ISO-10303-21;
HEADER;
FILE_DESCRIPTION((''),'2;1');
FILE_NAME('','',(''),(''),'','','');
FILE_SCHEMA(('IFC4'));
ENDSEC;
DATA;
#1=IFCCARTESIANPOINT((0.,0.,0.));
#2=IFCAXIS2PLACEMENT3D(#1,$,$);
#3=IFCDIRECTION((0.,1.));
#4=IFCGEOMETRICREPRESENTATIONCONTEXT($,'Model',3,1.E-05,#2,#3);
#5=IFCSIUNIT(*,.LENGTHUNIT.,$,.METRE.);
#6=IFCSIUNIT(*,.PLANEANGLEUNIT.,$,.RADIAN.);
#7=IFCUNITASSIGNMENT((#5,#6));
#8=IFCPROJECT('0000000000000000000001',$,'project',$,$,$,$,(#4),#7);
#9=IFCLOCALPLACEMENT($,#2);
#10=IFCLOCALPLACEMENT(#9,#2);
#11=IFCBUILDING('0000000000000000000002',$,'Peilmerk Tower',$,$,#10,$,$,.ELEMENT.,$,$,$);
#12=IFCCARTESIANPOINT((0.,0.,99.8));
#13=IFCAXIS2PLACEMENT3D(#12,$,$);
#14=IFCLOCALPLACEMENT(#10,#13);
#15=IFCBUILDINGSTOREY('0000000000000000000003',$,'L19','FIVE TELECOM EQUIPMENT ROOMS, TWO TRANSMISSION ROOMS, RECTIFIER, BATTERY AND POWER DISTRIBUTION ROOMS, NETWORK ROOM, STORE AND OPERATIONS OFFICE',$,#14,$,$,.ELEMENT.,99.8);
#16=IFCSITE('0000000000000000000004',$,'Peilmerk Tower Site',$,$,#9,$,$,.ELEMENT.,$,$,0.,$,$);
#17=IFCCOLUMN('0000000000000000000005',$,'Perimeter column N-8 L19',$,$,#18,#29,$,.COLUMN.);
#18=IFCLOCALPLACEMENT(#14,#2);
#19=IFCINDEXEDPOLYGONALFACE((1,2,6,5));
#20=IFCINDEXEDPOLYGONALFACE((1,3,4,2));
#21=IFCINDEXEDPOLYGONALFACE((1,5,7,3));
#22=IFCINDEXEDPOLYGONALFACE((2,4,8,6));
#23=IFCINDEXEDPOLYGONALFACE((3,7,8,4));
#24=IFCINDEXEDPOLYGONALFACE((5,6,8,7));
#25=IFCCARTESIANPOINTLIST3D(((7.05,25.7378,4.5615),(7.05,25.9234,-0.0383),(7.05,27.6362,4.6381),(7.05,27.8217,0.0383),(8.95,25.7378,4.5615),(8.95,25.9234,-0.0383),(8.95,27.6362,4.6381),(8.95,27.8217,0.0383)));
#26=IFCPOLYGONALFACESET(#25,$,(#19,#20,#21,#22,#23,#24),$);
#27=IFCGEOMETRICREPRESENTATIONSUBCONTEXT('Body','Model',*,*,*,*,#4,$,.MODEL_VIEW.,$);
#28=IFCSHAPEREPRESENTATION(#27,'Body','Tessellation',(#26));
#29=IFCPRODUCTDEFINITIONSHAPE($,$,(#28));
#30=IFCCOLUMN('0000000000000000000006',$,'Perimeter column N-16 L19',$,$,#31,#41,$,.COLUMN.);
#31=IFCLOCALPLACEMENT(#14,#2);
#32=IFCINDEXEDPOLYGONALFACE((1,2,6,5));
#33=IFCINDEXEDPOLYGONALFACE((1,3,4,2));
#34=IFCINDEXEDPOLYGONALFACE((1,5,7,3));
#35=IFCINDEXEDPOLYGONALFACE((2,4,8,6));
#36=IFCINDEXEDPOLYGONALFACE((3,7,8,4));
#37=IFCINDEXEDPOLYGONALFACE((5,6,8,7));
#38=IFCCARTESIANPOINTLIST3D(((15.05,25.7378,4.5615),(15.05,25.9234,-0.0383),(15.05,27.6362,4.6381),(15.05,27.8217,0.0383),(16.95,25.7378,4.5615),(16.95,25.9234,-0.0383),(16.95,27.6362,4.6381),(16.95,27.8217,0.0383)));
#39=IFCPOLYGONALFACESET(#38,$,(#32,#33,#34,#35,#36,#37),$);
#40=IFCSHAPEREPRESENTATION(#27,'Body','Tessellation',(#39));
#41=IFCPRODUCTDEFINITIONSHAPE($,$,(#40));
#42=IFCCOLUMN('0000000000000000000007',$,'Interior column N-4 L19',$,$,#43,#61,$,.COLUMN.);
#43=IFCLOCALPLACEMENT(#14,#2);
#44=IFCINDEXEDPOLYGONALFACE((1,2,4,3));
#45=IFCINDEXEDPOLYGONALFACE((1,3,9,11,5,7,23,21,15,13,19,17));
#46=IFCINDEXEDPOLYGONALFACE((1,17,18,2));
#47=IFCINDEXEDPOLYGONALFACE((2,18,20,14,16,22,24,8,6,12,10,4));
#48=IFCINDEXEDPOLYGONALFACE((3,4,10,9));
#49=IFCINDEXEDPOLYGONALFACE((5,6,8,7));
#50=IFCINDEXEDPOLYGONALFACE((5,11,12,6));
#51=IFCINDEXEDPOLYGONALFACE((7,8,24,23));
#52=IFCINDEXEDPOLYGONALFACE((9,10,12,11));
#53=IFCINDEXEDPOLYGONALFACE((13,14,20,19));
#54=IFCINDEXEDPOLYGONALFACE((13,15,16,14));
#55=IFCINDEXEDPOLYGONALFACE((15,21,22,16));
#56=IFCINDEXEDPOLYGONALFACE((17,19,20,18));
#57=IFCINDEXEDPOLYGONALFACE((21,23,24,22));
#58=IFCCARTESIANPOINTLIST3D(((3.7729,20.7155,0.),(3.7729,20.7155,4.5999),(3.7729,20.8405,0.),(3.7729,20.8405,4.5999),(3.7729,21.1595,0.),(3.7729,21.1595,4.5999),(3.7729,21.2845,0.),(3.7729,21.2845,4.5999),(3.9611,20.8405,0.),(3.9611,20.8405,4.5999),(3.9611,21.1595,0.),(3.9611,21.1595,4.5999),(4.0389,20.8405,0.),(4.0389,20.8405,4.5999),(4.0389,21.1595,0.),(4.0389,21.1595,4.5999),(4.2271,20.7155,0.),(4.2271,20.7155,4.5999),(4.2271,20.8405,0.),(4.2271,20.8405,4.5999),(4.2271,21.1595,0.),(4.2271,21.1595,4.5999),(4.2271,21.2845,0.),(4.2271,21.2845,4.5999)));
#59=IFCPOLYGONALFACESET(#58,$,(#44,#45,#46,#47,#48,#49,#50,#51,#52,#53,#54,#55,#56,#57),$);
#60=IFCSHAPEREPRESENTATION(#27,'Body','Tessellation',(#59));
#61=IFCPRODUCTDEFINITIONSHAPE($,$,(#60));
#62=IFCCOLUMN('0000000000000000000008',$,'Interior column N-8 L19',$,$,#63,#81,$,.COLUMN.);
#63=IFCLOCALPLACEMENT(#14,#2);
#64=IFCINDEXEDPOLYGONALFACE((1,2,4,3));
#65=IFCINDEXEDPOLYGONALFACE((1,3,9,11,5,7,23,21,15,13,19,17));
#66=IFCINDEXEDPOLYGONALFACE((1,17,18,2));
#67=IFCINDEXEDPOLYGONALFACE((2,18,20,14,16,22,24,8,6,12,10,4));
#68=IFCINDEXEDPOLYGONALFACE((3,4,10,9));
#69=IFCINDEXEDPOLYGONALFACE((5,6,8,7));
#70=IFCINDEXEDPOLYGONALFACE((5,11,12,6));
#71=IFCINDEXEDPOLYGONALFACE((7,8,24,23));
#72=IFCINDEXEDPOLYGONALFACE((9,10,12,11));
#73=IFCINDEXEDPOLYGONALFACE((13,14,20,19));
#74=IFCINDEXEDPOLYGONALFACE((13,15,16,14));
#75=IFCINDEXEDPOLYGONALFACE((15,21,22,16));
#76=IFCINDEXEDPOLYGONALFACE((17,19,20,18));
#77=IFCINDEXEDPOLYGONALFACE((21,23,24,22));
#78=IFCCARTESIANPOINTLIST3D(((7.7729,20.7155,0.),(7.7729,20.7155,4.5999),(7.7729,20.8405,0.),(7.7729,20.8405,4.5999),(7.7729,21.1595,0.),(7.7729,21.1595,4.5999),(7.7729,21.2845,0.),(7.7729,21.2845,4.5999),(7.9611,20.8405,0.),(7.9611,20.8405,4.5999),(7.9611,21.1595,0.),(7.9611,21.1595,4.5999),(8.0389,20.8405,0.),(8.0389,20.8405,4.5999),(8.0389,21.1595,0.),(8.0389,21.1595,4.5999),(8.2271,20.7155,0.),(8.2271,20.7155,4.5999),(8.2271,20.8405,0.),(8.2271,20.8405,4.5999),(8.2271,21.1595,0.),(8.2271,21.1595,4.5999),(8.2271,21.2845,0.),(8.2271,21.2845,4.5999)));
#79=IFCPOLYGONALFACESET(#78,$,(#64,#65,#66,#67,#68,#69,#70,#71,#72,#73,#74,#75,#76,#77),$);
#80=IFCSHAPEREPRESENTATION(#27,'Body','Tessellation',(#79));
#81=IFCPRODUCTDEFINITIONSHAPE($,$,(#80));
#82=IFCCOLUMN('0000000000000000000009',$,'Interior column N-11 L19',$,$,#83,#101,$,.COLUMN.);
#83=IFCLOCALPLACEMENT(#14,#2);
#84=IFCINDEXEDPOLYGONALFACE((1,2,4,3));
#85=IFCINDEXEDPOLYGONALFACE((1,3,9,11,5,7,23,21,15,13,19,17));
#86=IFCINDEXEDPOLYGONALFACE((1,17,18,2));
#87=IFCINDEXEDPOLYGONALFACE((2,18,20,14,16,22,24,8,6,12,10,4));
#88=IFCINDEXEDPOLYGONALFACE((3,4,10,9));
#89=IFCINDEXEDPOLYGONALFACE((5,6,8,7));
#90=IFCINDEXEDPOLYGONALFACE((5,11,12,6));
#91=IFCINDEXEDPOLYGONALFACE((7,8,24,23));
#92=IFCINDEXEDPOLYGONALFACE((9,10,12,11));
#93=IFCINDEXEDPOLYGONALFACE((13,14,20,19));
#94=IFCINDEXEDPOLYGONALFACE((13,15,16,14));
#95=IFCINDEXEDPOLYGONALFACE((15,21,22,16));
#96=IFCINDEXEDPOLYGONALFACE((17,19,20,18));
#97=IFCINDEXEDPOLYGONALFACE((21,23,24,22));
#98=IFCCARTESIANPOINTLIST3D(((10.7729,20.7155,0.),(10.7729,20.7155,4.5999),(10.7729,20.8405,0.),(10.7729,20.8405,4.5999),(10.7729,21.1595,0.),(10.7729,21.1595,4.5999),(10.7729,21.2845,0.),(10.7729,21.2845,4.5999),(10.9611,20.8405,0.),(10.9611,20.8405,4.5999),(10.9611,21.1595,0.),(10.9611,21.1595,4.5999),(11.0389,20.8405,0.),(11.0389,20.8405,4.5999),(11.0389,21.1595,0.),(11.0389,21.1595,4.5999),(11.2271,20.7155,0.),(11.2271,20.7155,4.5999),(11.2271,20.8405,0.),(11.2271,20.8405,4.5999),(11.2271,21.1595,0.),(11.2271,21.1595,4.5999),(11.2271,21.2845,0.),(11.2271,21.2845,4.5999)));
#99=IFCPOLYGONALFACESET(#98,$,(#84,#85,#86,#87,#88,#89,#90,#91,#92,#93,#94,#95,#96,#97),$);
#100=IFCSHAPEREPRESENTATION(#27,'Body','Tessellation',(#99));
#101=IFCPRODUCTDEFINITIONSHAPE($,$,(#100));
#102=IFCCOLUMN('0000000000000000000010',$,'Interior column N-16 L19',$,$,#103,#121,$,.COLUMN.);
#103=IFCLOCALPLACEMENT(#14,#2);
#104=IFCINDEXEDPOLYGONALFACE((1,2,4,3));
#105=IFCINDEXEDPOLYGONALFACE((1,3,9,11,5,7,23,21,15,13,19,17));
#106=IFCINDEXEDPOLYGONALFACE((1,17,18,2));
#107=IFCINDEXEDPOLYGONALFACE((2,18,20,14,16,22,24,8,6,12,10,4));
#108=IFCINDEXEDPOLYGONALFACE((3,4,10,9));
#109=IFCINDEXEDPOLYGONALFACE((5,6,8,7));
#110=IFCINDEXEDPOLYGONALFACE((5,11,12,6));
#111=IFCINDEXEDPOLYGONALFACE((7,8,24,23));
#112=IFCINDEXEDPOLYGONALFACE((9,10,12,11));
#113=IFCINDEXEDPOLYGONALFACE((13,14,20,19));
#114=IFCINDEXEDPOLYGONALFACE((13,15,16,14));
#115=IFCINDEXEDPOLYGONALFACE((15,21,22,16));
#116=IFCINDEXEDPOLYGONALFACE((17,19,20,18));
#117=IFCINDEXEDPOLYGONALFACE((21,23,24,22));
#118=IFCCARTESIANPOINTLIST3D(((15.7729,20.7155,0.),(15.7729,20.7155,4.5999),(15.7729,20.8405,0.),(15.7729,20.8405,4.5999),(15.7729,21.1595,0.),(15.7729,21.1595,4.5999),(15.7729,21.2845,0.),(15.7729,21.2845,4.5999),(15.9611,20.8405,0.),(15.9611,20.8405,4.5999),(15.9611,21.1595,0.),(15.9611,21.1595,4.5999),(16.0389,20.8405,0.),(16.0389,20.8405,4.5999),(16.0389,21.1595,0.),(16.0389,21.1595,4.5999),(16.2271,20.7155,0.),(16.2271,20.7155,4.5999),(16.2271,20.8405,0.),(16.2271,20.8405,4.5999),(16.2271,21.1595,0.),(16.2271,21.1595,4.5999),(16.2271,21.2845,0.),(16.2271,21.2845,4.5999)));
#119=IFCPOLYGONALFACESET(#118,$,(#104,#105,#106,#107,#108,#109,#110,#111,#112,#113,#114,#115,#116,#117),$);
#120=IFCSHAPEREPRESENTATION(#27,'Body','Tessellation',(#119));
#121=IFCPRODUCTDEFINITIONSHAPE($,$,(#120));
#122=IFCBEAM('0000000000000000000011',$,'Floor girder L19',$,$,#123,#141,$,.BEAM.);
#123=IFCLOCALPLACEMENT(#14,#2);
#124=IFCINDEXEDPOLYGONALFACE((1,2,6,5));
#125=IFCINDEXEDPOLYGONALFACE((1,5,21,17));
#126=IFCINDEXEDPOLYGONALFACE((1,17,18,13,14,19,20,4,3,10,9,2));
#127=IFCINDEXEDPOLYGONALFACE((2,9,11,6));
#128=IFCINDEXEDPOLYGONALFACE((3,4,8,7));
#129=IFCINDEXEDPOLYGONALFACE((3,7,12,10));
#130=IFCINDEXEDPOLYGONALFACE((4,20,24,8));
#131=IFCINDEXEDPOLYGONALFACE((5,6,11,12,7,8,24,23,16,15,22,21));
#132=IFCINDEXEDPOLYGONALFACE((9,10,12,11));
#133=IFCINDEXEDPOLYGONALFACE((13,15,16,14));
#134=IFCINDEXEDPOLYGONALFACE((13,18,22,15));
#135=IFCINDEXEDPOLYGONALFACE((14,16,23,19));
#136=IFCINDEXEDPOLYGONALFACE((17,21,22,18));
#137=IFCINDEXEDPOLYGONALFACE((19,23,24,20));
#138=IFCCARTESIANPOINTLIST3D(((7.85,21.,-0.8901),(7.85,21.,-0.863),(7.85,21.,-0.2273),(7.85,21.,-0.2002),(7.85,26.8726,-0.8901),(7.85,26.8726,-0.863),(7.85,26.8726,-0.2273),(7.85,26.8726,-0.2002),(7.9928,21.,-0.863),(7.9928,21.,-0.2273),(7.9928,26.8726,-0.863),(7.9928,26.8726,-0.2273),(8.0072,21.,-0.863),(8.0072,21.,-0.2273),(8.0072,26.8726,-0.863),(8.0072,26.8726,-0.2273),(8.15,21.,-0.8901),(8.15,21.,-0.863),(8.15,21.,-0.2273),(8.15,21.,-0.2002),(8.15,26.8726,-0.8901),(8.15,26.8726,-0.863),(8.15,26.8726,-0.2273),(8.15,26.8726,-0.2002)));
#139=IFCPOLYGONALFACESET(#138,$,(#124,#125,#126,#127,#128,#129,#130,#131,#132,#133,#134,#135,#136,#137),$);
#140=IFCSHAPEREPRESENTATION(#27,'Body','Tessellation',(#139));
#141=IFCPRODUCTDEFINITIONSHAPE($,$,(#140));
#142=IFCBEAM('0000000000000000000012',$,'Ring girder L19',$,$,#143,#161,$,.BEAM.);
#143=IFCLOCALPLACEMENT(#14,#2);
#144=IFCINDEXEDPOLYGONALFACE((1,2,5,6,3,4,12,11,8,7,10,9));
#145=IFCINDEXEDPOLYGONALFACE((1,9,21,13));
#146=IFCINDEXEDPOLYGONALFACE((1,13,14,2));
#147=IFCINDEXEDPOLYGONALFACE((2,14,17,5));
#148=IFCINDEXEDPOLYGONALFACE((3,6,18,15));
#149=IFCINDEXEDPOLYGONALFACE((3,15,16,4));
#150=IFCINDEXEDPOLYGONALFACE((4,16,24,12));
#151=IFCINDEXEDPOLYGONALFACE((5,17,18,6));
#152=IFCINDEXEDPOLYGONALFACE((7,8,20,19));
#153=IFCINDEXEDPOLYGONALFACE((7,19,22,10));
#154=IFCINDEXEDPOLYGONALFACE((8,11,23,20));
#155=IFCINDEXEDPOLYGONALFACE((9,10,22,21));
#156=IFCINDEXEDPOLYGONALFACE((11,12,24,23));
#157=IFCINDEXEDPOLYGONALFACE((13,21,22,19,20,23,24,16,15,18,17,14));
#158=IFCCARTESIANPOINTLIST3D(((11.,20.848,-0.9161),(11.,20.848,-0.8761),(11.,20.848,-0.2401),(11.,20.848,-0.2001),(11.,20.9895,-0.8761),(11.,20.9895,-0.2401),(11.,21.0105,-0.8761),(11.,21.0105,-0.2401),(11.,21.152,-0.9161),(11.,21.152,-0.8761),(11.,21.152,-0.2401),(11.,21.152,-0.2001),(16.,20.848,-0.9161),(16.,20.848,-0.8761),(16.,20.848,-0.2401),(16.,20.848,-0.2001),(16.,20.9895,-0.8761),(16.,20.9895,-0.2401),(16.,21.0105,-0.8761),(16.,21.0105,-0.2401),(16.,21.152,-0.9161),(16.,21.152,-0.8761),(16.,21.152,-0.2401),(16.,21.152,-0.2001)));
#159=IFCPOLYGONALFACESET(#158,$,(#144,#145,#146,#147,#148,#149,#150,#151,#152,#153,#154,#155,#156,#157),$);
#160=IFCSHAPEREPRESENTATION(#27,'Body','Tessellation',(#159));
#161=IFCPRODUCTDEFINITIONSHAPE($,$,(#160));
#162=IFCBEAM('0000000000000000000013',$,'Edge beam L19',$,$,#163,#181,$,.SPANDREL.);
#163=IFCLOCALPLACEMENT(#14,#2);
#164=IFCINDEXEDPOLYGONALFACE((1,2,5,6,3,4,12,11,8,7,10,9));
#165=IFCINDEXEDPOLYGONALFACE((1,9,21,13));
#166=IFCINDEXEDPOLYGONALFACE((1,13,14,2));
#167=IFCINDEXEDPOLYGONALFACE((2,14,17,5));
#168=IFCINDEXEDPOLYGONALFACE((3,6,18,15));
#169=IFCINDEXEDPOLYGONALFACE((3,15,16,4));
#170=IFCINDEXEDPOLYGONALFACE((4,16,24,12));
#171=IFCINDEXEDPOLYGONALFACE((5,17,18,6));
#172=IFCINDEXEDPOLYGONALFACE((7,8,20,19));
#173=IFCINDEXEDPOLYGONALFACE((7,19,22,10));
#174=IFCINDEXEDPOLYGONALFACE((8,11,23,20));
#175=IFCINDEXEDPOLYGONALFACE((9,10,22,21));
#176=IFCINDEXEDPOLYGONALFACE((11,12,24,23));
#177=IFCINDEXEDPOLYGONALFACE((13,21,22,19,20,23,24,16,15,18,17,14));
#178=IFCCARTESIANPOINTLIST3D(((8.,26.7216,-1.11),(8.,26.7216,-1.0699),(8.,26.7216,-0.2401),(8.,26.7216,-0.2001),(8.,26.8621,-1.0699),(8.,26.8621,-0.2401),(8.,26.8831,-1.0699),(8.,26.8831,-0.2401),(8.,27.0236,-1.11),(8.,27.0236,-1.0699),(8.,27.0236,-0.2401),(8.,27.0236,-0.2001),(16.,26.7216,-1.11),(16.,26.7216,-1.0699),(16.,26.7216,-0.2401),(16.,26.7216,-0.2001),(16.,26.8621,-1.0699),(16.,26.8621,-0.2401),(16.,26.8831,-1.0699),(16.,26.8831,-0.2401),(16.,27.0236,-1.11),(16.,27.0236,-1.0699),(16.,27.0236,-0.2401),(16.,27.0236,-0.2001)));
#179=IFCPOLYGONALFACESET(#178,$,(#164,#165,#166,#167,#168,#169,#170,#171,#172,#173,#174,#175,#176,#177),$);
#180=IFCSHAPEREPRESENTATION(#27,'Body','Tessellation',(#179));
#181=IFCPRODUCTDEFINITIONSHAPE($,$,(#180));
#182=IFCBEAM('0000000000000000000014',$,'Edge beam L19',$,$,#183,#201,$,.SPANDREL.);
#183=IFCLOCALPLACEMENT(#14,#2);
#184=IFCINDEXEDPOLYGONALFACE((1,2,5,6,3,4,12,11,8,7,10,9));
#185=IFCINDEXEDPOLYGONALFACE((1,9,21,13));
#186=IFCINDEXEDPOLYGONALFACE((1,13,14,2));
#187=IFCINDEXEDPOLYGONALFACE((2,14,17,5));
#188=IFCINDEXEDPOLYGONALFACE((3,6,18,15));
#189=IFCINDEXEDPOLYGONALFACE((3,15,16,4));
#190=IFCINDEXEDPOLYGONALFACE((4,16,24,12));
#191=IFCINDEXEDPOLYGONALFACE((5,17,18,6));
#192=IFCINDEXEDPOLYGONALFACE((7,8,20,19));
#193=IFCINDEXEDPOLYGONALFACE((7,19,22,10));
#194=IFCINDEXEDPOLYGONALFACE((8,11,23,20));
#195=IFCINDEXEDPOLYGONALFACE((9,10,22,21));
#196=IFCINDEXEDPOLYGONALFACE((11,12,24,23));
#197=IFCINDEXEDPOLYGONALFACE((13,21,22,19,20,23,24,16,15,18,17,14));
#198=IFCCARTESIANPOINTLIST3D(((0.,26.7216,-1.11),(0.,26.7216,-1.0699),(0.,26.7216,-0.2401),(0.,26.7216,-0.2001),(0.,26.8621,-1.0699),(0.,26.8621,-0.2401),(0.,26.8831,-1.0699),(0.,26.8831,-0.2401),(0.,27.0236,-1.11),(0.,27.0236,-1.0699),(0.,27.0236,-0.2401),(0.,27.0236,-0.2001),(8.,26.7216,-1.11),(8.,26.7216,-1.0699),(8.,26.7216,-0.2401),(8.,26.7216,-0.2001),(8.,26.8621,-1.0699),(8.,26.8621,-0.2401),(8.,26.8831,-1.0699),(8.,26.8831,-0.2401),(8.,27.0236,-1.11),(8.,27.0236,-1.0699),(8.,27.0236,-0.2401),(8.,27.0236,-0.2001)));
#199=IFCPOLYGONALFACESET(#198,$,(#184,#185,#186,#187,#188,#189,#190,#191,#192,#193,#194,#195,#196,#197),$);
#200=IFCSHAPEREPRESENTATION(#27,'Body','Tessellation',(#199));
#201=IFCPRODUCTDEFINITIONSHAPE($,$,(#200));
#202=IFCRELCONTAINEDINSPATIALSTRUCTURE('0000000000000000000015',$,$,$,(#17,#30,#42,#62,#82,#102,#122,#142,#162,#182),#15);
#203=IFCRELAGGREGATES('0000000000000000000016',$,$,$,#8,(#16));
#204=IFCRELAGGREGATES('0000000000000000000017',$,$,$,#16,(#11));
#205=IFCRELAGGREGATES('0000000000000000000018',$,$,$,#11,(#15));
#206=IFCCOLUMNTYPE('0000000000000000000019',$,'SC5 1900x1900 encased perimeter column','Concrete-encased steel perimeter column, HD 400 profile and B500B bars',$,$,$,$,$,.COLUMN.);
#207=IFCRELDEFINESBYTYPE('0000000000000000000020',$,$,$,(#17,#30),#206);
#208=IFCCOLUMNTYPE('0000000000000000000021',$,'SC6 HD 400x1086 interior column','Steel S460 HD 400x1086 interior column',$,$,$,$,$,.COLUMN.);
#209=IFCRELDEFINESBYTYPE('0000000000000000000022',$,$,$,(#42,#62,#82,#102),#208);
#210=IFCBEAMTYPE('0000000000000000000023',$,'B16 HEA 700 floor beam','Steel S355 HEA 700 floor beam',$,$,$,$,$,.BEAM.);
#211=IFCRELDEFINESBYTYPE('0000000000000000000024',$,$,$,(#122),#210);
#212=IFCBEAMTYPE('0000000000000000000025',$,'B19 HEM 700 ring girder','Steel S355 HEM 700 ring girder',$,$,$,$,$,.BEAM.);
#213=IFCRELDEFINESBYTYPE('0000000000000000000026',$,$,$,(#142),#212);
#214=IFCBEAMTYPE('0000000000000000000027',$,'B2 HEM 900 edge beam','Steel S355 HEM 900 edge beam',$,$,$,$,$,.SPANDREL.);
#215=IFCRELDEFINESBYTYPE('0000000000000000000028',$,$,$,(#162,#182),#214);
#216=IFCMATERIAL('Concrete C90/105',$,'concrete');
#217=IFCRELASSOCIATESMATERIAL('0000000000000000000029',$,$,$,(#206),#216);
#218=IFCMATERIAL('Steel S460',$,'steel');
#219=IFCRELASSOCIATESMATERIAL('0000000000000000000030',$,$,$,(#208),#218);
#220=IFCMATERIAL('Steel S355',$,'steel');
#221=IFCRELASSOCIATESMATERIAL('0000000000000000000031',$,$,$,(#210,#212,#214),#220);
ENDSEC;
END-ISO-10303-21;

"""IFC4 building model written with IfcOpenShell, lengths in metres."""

from ifc_helpers import new_model, si_unit, direction, frame, origin, origin_2d, place, context, subcontext, project, spatial, rectangle, i_section, extrude, material, material_profile, profile_set, type_object, element, save


model = new_model("IFC4")

# Units and contexts
model_context = context("Model", 3, precision=1e-05, world=origin(), true_north=direction((0.0, 1.0)))
body_context = subcontext(model_context, "Body", "Model", "MODEL_VIEW")
ifc_project = project(units=[si_unit("LENGTHUNIT", "METRE"), si_unit("PLANEANGLEUNIT", "RADIAN")], contexts=[model_context])

# Site, building, storey
site_placement = place(None, origin())
site = spatial("IfcSite", under=ifc_project, at=site_placement, Name="Peilmerk Tower Site", CompositionType="ELEMENT", RefElevation=0.0)
building_placement = place(site_placement, origin())
building = spatial("IfcBuilding", under=site, at=building_placement, Name="Peilmerk Tower", CompositionType="ELEMENT")
storey_placement = place(building_placement, frame((0.0, 0.0, 99.8)))
storey = spatial("IfcBuildingStorey", under=building, at=storey_placement, Name="L19", Description="FIVE TELECOM EQUIPMENT ROOMS, TWO TRANSMISSION ROOMS, RECTIFIER, BATTERY AND POWER DISTRIBUTION ROOMS, NETWORK ROOM, STORE AND OPERATIONS OFFICE", CompositionType="ELEMENT", Elevation=99.8)

# Columns
ifc_material_1 = material(Name="Concrete C90/105", Category="concrete")
ifc_material_profile_1 = material_profile(ifc_material_1, rectangle(XDim=1.8999, YDim=1.8999, at=origin_2d()), Name="RC 1900x1900")
ifc_profile_set_1 = profile_set([ifc_material_profile_1], Name="Concrete C90/105")
column_type_1 = type_object("IfcColumnType", Name="SC5 1900x1900 encased perimeter column", Description="Concrete-encased steel perimeter column, HD 400 profile and B500B bars", PredefinedType="COLUMN", material=ifc_profile_set_1)
for number, where, z_axis, x_axis, name in (
    (1, (8.0, 26.8726, 0.0), (0.0, -0.040305, 0.999187), (1.0, 0.0, 0.0), "Perimeter column N-8 L19"),
    (2, (16.0, 26.8726, 0.0), (0.0, -0.040305, 0.999187), (1.0, 0.0, 0.0), "Perimeter column N-16 L19"),
):
    element("IfcColumn", number, at=place(storey_placement, frame(where, z_axis=z_axis, x_axis=x_axis)), inside=storey, type_object=column_type_1, Name=name, PredefinedType="COLUMN", context=body_context, shape_type="SweptSolid", body=[
        extrude(rectangle(XDim=1.8999, YDim=1.8999, at=origin_2d()), origin(), (0.0, 0.0, 1.0), 4.6035),
    ])
ifc_material_2 = material(Name="Steel S460", Category="steel")
ifc_material_profile_2 = material_profile(ifc_material_2, i_section(OverallWidth=0.4541, OverallDepth=0.5691, WebThickness=0.0779, FlangeThickness=0.125, at=origin_2d()), Name="HD 400x1086")
ifc_profile_set_2 = profile_set([ifc_material_profile_2], Name="Steel S460")
column_type_2 = type_object("IfcColumnType", Name="SC6 HD 400x1086 interior column", Description="Steel S460 HD 400x1086 interior column", PredefinedType="COLUMN", material=ifc_profile_set_2)
for number, where, z_axis, x_axis, name in (
    (3, (4.0, 21.0, 0.0), (0.0, 0.0, 1.0), (1.0, 0.0, 0.0), "Interior column N-4 L19"),
    (4, (8.0, 21.0, 0.0), (0.0, 0.0, 1.0), (1.0, 0.0, 0.0), "Interior column N-8 L19"),
    (5, (11.0, 21.0, 0.0), (0.0, 0.0, 1.0), (1.0, 0.0, 0.0), "Interior column N-11 L19"),
    (6, (16.0, 21.0, 0.0), (0.0, 0.0, 1.0), (1.0, 0.0, 0.0), "Interior column N-16 L19"),
):
    element("IfcColumn", number, at=place(storey_placement, frame(where, z_axis=z_axis, x_axis=x_axis)), inside=storey, type_object=column_type_2, Name=name, PredefinedType="COLUMN", context=body_context, shape_type="SweptSolid", body=[
        extrude(i_section(OverallWidth=0.4541, OverallDepth=0.5691, WebThickness=0.0779, FlangeThickness=0.125, at=origin_2d()), origin(), (0.0, 0.0, 1.0), 4.5999),
    ])

# Beams
ifc_material_3 = material(Name="Steel S355", Category="steel")
ifc_material_profile_3 = material_profile(ifc_material_3, i_section(OverallWidth=0.3, OverallDepth=0.6899, WebThickness=0.0144, FlangeThickness=0.0271, at=origin_2d()), Name="HEA 700")
ifc_profile_set_3 = profile_set([ifc_material_profile_3], Name="Steel S355")
beam_type_1 = type_object("IfcBeamType", Name="B16 HEA 700 floor beam", Description="Steel S355 HEA 700 floor beam", PredefinedType="BEAM", material=ifc_profile_set_3)
beam_1_placement = place(storey_placement, frame((8.0, 21.0, -0.5452), z_axis=(0.0, 1.0, 0.0), x_axis=(-1.0, 0.0, 0.0)))
element("IfcBeam", 7, at=beam_1_placement, inside=storey, type_object=beam_type_1, Name="Floor girder L19", PredefinedType="BEAM", context=body_context, shape_type="SweptSolid", body=[
    extrude(i_section(OverallWidth=0.3, OverallDepth=0.6899, WebThickness=0.0144, FlangeThickness=0.0271, at=origin_2d()), origin(), (0.0, 0.0, 1.0), 5.8726),
])
ifc_material_profile_4 = material_profile(ifc_material_3, i_section(OverallWidth=0.304, OverallDepth=0.7161, WebThickness=0.021, FlangeThickness=0.04, at=origin_2d()), Name="HEM 700")
ifc_profile_set_4 = profile_set([ifc_material_profile_4], Name="Steel S355")
beam_type_2 = type_object("IfcBeamType", Name="B19 HEM 700 ring girder", Description="Steel S355 HEM 700 ring girder", PredefinedType="BEAM", material=ifc_profile_set_4)
beam_2_placement = place(storey_placement, frame((16.0, 21.0, -0.5581), z_axis=(-1.0, 0.0, 0.0), x_axis=(0.0, -1.0, 0.0)))
element("IfcBeam", 8, at=beam_2_placement, inside=storey, type_object=beam_type_2, Name="Ring girder L19", PredefinedType="BEAM", context=body_context, shape_type="SweptSolid", body=[
    extrude(i_section(OverallWidth=0.304, OverallDepth=0.7161, WebThickness=0.021, FlangeThickness=0.04, at=origin_2d()), origin(), (0.0, 0.0, 1.0), 5.0),
])
ifc_material_profile_5 = material_profile(ifc_material_3, i_section(OverallWidth=0.302, OverallDepth=0.9099, WebThickness=0.021, FlangeThickness=0.04, at=origin_2d()), Name="HEM 900")
ifc_profile_set_5 = profile_set([ifc_material_profile_5], Name="Steel S355")
beam_type_3 = type_object("IfcBeamType", Name="B2 HEM 900 edge beam", Description="Steel S355 HEM 900 edge beam", PredefinedType="SPANDREL", material=ifc_profile_set_5)
for number, where, z_axis, x_axis, name in (
    (9, (16.0, 26.8726, -0.655), (-1.0, 0.0, 0.0), (0.0, -1.0, 0.0), "Edge beam L19"),
    (10, (8.0, 26.8726, -0.655), (-1.0, 0.0, 0.0), (0.0, -1.0, 0.0), "Edge beam L19"),
):
    element("IfcBeam", number, at=place(storey_placement, frame(where, z_axis=z_axis, x_axis=x_axis)), inside=storey, type_object=beam_type_3, Name=name, PredefinedType="SPANDREL", context=body_context, shape_type="SweptSolid", body=[
        extrude(i_section(OverallWidth=0.302, OverallDepth=0.9099, WebThickness=0.021, FlangeThickness=0.04, at=origin_2d()), origin(), (0.0, 0.0, 1.0), 8.0),
    ])

save(model, "model.ifc")
